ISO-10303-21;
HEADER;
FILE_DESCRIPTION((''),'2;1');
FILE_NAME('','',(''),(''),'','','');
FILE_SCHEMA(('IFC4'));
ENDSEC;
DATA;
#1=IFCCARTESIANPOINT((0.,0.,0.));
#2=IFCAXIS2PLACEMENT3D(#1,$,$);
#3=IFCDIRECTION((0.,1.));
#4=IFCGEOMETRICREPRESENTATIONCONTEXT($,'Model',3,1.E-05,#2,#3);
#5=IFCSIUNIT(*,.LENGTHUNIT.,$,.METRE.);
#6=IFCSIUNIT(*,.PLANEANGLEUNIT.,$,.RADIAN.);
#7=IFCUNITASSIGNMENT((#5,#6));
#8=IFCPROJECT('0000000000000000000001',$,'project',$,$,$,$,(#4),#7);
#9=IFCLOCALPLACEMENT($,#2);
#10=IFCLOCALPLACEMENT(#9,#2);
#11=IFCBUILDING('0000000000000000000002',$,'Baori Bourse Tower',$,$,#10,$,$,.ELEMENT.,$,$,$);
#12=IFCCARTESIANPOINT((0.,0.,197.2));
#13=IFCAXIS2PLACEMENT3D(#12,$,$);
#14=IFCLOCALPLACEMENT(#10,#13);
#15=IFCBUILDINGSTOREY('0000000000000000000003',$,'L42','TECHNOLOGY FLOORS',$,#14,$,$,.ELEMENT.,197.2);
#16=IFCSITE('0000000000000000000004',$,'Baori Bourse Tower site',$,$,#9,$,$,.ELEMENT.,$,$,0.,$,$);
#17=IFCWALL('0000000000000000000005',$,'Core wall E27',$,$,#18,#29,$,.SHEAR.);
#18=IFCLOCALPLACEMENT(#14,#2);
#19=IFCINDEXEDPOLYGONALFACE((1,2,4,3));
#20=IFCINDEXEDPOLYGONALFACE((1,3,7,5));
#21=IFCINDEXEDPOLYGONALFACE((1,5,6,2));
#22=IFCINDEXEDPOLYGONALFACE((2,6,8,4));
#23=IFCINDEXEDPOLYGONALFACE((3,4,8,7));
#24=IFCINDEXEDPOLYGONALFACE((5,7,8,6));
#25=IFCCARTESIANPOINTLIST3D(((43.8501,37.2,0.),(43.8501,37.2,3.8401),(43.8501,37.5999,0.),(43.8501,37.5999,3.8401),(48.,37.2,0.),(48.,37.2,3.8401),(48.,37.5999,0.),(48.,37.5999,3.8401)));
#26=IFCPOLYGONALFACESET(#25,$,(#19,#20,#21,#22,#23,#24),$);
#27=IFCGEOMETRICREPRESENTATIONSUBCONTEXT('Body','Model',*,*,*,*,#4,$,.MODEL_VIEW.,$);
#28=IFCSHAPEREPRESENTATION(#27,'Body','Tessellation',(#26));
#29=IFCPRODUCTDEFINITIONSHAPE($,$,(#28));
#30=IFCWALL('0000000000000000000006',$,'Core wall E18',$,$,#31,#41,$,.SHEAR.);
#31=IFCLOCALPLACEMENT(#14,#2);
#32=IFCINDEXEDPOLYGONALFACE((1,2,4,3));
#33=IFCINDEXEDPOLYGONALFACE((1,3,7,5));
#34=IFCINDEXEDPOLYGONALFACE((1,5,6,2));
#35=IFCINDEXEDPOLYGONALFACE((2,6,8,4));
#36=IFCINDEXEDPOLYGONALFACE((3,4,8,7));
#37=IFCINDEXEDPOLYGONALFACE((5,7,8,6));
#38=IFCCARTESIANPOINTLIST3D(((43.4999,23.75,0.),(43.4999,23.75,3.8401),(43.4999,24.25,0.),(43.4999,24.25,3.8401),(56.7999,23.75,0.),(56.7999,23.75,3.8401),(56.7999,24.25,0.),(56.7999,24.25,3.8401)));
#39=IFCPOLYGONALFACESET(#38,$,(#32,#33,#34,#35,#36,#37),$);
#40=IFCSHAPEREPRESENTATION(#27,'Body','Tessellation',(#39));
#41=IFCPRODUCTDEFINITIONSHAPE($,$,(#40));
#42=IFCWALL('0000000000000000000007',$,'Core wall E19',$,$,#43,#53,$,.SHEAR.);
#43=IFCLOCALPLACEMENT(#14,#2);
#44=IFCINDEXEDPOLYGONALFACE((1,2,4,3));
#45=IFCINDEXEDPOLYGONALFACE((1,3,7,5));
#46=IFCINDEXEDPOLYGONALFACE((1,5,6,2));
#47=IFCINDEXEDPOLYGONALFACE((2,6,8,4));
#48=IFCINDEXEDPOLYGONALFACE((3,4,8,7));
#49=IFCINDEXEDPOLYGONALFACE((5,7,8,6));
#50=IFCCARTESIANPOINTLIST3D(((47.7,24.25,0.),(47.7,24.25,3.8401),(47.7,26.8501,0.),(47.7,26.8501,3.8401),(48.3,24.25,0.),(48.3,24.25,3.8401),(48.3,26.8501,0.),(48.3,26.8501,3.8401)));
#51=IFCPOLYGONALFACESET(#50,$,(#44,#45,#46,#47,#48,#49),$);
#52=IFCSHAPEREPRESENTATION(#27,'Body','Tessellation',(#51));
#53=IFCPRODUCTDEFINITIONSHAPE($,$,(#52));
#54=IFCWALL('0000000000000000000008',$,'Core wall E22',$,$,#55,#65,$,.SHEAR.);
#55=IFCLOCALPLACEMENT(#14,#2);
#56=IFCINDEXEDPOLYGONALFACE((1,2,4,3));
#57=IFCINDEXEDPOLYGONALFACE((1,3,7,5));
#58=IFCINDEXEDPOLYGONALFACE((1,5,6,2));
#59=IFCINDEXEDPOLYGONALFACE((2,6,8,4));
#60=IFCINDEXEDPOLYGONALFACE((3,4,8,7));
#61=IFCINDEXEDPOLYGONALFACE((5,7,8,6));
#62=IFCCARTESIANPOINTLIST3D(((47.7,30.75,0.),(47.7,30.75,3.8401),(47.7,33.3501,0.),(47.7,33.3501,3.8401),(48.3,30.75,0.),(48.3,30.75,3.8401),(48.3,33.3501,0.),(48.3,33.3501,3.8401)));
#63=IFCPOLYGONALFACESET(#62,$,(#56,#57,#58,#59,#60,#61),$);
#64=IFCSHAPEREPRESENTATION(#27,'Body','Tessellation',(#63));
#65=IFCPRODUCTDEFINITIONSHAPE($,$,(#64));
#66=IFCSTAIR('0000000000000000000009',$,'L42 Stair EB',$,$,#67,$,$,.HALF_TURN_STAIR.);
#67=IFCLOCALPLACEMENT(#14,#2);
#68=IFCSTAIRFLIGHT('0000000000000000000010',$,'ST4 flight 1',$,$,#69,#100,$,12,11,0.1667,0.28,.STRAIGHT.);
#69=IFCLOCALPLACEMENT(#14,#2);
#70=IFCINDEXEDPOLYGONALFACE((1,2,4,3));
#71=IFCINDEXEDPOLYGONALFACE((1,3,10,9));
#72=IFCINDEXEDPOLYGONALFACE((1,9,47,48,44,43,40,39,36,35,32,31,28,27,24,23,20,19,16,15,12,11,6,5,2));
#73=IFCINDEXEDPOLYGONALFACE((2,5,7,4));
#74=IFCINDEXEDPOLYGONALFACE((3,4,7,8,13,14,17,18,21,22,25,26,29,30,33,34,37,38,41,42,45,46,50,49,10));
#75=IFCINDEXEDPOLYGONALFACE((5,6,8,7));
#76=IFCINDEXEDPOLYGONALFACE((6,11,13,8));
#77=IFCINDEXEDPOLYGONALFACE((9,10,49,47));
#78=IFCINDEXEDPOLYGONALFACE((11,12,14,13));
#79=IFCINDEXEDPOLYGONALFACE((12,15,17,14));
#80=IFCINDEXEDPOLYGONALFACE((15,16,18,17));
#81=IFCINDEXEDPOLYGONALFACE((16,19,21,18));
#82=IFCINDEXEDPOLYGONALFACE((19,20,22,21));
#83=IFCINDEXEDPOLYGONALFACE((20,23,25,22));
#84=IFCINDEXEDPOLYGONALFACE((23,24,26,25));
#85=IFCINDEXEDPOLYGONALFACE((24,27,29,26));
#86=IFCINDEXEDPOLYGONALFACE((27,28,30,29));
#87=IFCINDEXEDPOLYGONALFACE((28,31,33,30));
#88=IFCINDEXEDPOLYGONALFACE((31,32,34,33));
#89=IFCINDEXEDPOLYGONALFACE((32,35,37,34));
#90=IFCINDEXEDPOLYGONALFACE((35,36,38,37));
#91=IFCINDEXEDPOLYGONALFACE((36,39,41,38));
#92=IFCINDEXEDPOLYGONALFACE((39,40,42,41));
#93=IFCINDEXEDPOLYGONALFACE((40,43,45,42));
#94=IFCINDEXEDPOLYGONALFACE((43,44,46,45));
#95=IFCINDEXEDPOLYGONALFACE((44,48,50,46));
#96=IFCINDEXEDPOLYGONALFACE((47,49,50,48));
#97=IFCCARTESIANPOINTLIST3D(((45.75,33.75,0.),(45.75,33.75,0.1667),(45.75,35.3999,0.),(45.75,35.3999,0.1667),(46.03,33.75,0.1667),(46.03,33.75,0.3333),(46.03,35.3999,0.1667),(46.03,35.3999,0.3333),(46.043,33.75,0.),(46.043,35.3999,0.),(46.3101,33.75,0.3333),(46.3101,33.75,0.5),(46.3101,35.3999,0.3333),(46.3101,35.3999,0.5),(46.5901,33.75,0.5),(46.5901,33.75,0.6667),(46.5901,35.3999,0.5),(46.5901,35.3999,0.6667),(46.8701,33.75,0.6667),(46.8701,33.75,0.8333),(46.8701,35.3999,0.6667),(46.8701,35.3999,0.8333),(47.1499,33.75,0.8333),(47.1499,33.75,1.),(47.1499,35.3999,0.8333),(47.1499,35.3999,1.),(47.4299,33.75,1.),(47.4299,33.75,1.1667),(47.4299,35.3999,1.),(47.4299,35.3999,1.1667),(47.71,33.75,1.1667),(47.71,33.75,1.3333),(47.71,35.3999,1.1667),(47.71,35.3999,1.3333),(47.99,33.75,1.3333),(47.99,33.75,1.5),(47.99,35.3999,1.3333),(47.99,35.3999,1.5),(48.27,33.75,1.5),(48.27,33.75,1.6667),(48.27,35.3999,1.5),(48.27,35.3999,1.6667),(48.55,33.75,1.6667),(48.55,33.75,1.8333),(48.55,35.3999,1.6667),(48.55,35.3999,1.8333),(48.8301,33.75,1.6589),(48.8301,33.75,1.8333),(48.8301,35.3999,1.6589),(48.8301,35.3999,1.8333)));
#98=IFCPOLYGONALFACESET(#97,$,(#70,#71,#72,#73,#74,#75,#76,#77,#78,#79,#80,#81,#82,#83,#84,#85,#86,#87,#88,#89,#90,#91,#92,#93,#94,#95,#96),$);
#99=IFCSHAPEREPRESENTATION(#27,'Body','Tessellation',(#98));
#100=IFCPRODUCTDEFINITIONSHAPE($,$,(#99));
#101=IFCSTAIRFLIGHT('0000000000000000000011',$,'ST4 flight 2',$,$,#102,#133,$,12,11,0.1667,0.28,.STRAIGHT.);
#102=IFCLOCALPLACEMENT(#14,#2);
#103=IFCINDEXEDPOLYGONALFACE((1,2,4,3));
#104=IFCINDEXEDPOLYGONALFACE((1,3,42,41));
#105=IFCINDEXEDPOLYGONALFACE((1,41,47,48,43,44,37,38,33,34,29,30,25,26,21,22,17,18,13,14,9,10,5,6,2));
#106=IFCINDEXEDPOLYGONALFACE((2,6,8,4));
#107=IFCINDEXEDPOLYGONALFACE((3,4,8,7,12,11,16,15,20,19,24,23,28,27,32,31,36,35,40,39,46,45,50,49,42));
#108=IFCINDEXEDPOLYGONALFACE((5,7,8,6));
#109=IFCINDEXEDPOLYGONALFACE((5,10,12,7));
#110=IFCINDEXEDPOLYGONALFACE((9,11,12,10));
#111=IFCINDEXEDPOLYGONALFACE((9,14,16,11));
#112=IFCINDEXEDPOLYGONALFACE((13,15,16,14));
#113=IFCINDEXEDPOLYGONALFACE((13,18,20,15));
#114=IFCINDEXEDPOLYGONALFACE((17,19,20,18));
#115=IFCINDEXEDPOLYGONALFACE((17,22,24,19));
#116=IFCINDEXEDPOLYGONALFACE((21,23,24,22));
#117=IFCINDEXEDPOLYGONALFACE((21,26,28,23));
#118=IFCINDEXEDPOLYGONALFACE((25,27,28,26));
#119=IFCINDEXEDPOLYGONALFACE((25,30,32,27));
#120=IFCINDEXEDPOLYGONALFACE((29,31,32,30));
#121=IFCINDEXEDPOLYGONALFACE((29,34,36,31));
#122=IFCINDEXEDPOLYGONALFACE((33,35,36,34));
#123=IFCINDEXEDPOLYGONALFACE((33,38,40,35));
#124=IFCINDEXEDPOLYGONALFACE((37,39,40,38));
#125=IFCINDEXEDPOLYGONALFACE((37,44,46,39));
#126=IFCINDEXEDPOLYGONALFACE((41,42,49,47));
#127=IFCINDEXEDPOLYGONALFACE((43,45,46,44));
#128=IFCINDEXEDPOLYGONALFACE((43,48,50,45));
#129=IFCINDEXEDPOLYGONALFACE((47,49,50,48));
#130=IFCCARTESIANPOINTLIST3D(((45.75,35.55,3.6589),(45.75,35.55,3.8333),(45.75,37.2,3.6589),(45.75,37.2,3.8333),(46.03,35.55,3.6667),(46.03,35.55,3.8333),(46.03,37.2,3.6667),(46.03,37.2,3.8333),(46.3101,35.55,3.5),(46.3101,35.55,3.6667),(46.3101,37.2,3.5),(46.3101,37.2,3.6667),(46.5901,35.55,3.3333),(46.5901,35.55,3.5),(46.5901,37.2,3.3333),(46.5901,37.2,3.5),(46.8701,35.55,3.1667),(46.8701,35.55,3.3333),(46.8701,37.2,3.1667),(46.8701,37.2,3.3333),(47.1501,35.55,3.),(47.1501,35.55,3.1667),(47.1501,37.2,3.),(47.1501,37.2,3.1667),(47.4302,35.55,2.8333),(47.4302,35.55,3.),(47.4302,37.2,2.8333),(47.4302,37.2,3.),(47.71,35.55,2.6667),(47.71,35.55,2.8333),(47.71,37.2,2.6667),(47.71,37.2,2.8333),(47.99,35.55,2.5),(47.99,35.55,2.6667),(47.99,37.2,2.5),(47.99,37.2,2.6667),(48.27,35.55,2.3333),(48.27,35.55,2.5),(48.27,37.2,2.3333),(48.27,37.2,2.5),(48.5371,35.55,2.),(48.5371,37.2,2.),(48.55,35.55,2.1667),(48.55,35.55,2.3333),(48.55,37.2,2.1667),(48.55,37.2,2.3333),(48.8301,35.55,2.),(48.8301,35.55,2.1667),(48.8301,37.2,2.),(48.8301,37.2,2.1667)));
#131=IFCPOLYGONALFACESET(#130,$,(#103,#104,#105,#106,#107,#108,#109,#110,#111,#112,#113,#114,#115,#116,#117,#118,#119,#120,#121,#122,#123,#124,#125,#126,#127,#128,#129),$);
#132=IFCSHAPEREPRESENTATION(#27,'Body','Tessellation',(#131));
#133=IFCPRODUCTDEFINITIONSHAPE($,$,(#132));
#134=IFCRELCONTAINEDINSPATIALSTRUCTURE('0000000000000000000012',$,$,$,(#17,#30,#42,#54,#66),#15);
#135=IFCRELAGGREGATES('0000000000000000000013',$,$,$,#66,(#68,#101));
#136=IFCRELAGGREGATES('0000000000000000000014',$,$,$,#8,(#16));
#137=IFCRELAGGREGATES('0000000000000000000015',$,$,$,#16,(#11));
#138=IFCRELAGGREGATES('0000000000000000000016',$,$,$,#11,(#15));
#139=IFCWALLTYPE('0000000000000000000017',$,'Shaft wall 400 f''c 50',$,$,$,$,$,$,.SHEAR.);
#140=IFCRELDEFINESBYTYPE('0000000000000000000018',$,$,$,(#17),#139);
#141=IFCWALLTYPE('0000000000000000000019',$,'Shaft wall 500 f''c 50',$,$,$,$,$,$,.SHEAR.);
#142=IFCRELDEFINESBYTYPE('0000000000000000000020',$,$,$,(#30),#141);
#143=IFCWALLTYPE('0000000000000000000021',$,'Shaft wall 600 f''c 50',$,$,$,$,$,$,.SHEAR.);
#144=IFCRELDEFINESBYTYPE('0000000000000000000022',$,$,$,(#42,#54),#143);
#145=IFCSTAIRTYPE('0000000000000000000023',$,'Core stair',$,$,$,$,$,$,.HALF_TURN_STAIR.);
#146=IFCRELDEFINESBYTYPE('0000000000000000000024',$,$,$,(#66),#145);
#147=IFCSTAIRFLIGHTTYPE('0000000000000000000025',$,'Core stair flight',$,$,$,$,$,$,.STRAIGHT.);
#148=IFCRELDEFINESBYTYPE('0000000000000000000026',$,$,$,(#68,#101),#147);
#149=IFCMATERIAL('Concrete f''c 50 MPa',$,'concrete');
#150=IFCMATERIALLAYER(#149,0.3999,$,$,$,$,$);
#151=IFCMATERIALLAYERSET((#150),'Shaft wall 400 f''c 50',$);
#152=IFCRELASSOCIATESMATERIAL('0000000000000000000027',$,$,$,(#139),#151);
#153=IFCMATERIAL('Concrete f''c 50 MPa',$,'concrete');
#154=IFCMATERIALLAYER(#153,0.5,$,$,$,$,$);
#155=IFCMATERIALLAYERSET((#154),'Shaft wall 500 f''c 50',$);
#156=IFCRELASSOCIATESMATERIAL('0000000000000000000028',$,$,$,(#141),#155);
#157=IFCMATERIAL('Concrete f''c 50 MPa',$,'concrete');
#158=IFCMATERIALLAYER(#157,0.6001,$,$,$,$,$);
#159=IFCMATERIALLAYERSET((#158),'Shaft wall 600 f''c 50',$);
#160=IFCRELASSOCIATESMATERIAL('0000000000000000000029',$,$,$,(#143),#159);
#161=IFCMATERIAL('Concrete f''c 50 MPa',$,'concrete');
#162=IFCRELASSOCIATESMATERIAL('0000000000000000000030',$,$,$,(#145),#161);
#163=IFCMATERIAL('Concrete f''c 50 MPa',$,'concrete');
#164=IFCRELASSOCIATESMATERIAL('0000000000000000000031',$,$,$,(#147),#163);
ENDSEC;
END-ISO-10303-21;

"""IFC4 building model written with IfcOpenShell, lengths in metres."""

from ifc_helpers import new_model, si_unit, direction, frame, frame_2d, origin, place, context, subcontext, project, spatial, polyline, rectangle, outline, extrude, material, layer, layer_set, type_object, element, aggregate, save


model = new_model("IFC4")

# Units and contexts
model_context = context("Model", 3, precision=1e-05, world=origin(), true_north=direction((0.0, 1.0)))
body_context = subcontext(model_context, "Body", "Model", "MODEL_VIEW")
ifc_project = project(units=[si_unit("LENGTHUNIT", "METRE"), si_unit("PLANEANGLEUNIT", "RADIAN")], contexts=[model_context])

# Site, building, storey
site_placement = place(None, origin())
site = spatial("IfcSite", under=ifc_project, at=site_placement, Name="Baori Bourse Tower site", CompositionType="ELEMENT", RefElevation=0.0)
building_placement = place(site_placement, origin())
building = spatial("IfcBuilding", under=site, at=building_placement, Name="Baori Bourse Tower", CompositionType="ELEMENT")
storey_placement = place(building_placement, frame((0.0, 0.0, 197.2)))
storey = spatial("IfcBuildingStorey", under=building, at=storey_placement, Name="L42", Description="TECHNOLOGY FLOORS", CompositionType="ELEMENT", Elevation=197.2)

# Shared definitions
ifc_material_1 = material(Name="Concrete f'c 50 MPa", Category="concrete")
ifc_layer_1 = layer(ifc_material_1, 0.3999)
ifc_layer_set_1 = layer_set([ifc_layer_1], Name="Shaft wall 400 f'c 50")
wall_type_1 = type_object("IfcWallType", Name="Shaft wall 400 f'c 50", PredefinedType="SHEAR", material=ifc_layer_set_1)

# Walls
wall_1_placement = place(storey_placement, frame((43.8501, 37.3999, 0.0), z_axis=(0.0, 0.0, 1.0), x_axis=(1.0, 0.0, 0.0)))
element("IfcWall", 1, at=wall_1_placement, inside=storey, type_object=wall_type_1, Name="Core wall E27", PredefinedType="SHEAR", context=body_context, shape_type="SweptSolid", body=[
    extrude(rectangle(XDim=4.1499, YDim=0.3999, at=frame_2d((2.075, 0.0))), origin(), (0.0, 0.0, 1.0), 3.8401),
])
ifc_material_2 = material(Name="Concrete f'c 50 MPa", Category="concrete")
ifc_layer_2 = layer(ifc_material_2, 0.5)
ifc_layer_set_2 = layer_set([ifc_layer_2], Name="Shaft wall 500 f'c 50")
wall_type_2 = type_object("IfcWallType", Name="Shaft wall 500 f'c 50", PredefinedType="SHEAR", material=ifc_layer_set_2)
wall_2_placement = place(storey_placement, frame((43.5, 24.0, 0.0), z_axis=(0.0, 0.0, 1.0), x_axis=(1.0, 0.0, 0.0)))
element("IfcWall", 2, at=wall_2_placement, inside=storey, type_object=wall_type_2, Name="Core wall E18", PredefinedType="SHEAR", context=body_context, shape_type="SweptSolid", body=[
    extrude(rectangle(XDim=13.3, YDim=0.5, at=frame_2d((6.6499, 0.0))), origin(), (0.0, 0.0, 1.0), 3.8401),
])
ifc_material_3 = material(Name="Concrete f'c 50 MPa", Category="concrete")
ifc_layer_3 = layer(ifc_material_3, 0.6001)
ifc_layer_set_3 = layer_set([ifc_layer_3], Name="Shaft wall 600 f'c 50")
wall_type_3 = type_object("IfcWallType", Name="Shaft wall 600 f'c 50", PredefinedType="SHEAR", material=ifc_layer_set_3)
for number, where, z_axis, x_axis, name in (
    (3, (48.0, 24.25, 0.0), (0.0, 0.0, 1.0), (0.0, 1.0, 0.0), "Core wall E19"),
    (4, (48.0, 30.75, 0.0), (0.0, 0.0, 1.0), (0.0, 1.0, 0.0), "Core wall E22"),
):
    element("IfcWall", number, at=place(storey_placement, frame(where, z_axis=z_axis, x_axis=x_axis)), inside=storey, type_object=wall_type_3, Name=name, PredefinedType="SHEAR", context=body_context, shape_type="SweptSolid", body=[
        extrude(rectangle(XDim=2.6001, YDim=0.6001, at=frame_2d((1.3, 0.0))), origin(), (0.0, 0.0, 1.0), 3.8401),
    ])

# Stair, stair flights
ifc_material_4 = material(Name="Concrete f'c 50 MPa", Category="concrete")
stair_type = type_object("IfcStairType", Name="Core stair", PredefinedType="HALF_TURN_STAIR", material=ifc_material_4)
stair_placement = place(storey_placement, origin())
stair = element("IfcStair", 5, at=stair_placement, inside=storey, type_object=stair_type, Name="L42 Stair EB", PredefinedType="HALF_TURN_STAIR")
ifc_material_5 = material(Name="Concrete f'c 50 MPa", Category="concrete")
stair_flight_type = type_object("IfcStairFlightType", Name="Core stair flight", PredefinedType="STRAIGHT", material=ifc_material_5)
stair_flight_1_placement = place(storey_placement, frame((45.75, 34.575, 0.0), z_axis=(0.0, 0.0, 1.0), x_axis=(1.0, 0.0, 0.0)))
stair_flight_1 = element("IfcStairFlight", 6, at=stair_flight_1_placement, type_object=stair_flight_type, Name="ST4 flight 1", NumberOfRisers=12, NumberOfTreads=11, PredefinedType="STRAIGHT", RiserHeight=0.1667, TreadLength=0.28, context=body_context, shape_type="SweptSolid", body=[
    extrude(outline(polyline([(0.0, 0.0), (0.0, 0.1667), (0.28, 0.1667), (0.28, 0.3333), (0.5601, 0.3333), (0.5601, 0.5), (0.8401, 0.5), (0.8401, 0.6667), (1.1201, 0.6667), (1.1201, 0.8333), (1.3999, 0.8333), (1.3999, 1.0), (1.6799, 1.0), (1.6799, 1.1667), (1.96, 1.1667), (1.96, 1.3333), (2.24, 1.3333), (2.24, 1.5), (2.52, 1.5), (2.52, 1.6667), (2.8, 1.6667), (2.8, 1.8333), (3.0801, 1.8333), (3.0801, 2.0), (3.0801, 1.6589), (0.293, 0.0), (0.0, 0.0)])), frame((0.0, 0.825, 0.0), z_axis=(0.0, -1.0, 0.0), x_axis=(1.0, 0.0, 0.0)), (0.0, 0.0, 1.0), 1.6499),
])
stair_flight_2_placement = place(storey_placement, frame((48.8301, 36.375, 2.0), z_axis=(0.0, 0.0, 1.0), x_axis=(-1.0, 0.0, 0.0)))
stair_flight_2 = element("IfcStairFlight", 7, at=stair_flight_2_placement, type_object=stair_flight_type, Name="ST4 flight 2", NumberOfRisers=12, NumberOfTreads=11, PredefinedType="STRAIGHT", RiserHeight=0.1667, TreadLength=0.28, context=body_context, shape_type="SweptSolid", body=[
    extrude(outline(polyline([(0.0, 0.0), (0.0, 0.1667), (0.28, 0.1667), (0.28, 0.3333), (0.5601, 0.3333), (0.5601, 0.5), (0.8401, 0.5), (0.8401, 0.6667), (1.1201, 0.6667), (1.1201, 0.8333), (1.3999, 0.8333), (1.3999, 1.0), (1.6799, 1.0), (1.6799, 1.1667), (1.96, 1.1667), (1.96, 1.3333), (2.24, 1.3333), (2.24, 1.5), (2.52, 1.5), (2.52, 1.6667), (2.8, 1.6667), (2.8, 1.8333), (3.0801, 1.8333), (3.0801, 2.0), (3.0801, 1.6589), (0.293, 0.0), (0.0, 0.0)])), frame((0.0, 0.825, 0.0), z_axis=(0.0, -1.0, 0.0), x_axis=(1.0, 0.0, 0.0)), (0.0, 0.0, 1.0), 1.6499),
])
aggregate(stair, [stair_flight_1, stair_flight_2])

save(model, "model.ifc")
